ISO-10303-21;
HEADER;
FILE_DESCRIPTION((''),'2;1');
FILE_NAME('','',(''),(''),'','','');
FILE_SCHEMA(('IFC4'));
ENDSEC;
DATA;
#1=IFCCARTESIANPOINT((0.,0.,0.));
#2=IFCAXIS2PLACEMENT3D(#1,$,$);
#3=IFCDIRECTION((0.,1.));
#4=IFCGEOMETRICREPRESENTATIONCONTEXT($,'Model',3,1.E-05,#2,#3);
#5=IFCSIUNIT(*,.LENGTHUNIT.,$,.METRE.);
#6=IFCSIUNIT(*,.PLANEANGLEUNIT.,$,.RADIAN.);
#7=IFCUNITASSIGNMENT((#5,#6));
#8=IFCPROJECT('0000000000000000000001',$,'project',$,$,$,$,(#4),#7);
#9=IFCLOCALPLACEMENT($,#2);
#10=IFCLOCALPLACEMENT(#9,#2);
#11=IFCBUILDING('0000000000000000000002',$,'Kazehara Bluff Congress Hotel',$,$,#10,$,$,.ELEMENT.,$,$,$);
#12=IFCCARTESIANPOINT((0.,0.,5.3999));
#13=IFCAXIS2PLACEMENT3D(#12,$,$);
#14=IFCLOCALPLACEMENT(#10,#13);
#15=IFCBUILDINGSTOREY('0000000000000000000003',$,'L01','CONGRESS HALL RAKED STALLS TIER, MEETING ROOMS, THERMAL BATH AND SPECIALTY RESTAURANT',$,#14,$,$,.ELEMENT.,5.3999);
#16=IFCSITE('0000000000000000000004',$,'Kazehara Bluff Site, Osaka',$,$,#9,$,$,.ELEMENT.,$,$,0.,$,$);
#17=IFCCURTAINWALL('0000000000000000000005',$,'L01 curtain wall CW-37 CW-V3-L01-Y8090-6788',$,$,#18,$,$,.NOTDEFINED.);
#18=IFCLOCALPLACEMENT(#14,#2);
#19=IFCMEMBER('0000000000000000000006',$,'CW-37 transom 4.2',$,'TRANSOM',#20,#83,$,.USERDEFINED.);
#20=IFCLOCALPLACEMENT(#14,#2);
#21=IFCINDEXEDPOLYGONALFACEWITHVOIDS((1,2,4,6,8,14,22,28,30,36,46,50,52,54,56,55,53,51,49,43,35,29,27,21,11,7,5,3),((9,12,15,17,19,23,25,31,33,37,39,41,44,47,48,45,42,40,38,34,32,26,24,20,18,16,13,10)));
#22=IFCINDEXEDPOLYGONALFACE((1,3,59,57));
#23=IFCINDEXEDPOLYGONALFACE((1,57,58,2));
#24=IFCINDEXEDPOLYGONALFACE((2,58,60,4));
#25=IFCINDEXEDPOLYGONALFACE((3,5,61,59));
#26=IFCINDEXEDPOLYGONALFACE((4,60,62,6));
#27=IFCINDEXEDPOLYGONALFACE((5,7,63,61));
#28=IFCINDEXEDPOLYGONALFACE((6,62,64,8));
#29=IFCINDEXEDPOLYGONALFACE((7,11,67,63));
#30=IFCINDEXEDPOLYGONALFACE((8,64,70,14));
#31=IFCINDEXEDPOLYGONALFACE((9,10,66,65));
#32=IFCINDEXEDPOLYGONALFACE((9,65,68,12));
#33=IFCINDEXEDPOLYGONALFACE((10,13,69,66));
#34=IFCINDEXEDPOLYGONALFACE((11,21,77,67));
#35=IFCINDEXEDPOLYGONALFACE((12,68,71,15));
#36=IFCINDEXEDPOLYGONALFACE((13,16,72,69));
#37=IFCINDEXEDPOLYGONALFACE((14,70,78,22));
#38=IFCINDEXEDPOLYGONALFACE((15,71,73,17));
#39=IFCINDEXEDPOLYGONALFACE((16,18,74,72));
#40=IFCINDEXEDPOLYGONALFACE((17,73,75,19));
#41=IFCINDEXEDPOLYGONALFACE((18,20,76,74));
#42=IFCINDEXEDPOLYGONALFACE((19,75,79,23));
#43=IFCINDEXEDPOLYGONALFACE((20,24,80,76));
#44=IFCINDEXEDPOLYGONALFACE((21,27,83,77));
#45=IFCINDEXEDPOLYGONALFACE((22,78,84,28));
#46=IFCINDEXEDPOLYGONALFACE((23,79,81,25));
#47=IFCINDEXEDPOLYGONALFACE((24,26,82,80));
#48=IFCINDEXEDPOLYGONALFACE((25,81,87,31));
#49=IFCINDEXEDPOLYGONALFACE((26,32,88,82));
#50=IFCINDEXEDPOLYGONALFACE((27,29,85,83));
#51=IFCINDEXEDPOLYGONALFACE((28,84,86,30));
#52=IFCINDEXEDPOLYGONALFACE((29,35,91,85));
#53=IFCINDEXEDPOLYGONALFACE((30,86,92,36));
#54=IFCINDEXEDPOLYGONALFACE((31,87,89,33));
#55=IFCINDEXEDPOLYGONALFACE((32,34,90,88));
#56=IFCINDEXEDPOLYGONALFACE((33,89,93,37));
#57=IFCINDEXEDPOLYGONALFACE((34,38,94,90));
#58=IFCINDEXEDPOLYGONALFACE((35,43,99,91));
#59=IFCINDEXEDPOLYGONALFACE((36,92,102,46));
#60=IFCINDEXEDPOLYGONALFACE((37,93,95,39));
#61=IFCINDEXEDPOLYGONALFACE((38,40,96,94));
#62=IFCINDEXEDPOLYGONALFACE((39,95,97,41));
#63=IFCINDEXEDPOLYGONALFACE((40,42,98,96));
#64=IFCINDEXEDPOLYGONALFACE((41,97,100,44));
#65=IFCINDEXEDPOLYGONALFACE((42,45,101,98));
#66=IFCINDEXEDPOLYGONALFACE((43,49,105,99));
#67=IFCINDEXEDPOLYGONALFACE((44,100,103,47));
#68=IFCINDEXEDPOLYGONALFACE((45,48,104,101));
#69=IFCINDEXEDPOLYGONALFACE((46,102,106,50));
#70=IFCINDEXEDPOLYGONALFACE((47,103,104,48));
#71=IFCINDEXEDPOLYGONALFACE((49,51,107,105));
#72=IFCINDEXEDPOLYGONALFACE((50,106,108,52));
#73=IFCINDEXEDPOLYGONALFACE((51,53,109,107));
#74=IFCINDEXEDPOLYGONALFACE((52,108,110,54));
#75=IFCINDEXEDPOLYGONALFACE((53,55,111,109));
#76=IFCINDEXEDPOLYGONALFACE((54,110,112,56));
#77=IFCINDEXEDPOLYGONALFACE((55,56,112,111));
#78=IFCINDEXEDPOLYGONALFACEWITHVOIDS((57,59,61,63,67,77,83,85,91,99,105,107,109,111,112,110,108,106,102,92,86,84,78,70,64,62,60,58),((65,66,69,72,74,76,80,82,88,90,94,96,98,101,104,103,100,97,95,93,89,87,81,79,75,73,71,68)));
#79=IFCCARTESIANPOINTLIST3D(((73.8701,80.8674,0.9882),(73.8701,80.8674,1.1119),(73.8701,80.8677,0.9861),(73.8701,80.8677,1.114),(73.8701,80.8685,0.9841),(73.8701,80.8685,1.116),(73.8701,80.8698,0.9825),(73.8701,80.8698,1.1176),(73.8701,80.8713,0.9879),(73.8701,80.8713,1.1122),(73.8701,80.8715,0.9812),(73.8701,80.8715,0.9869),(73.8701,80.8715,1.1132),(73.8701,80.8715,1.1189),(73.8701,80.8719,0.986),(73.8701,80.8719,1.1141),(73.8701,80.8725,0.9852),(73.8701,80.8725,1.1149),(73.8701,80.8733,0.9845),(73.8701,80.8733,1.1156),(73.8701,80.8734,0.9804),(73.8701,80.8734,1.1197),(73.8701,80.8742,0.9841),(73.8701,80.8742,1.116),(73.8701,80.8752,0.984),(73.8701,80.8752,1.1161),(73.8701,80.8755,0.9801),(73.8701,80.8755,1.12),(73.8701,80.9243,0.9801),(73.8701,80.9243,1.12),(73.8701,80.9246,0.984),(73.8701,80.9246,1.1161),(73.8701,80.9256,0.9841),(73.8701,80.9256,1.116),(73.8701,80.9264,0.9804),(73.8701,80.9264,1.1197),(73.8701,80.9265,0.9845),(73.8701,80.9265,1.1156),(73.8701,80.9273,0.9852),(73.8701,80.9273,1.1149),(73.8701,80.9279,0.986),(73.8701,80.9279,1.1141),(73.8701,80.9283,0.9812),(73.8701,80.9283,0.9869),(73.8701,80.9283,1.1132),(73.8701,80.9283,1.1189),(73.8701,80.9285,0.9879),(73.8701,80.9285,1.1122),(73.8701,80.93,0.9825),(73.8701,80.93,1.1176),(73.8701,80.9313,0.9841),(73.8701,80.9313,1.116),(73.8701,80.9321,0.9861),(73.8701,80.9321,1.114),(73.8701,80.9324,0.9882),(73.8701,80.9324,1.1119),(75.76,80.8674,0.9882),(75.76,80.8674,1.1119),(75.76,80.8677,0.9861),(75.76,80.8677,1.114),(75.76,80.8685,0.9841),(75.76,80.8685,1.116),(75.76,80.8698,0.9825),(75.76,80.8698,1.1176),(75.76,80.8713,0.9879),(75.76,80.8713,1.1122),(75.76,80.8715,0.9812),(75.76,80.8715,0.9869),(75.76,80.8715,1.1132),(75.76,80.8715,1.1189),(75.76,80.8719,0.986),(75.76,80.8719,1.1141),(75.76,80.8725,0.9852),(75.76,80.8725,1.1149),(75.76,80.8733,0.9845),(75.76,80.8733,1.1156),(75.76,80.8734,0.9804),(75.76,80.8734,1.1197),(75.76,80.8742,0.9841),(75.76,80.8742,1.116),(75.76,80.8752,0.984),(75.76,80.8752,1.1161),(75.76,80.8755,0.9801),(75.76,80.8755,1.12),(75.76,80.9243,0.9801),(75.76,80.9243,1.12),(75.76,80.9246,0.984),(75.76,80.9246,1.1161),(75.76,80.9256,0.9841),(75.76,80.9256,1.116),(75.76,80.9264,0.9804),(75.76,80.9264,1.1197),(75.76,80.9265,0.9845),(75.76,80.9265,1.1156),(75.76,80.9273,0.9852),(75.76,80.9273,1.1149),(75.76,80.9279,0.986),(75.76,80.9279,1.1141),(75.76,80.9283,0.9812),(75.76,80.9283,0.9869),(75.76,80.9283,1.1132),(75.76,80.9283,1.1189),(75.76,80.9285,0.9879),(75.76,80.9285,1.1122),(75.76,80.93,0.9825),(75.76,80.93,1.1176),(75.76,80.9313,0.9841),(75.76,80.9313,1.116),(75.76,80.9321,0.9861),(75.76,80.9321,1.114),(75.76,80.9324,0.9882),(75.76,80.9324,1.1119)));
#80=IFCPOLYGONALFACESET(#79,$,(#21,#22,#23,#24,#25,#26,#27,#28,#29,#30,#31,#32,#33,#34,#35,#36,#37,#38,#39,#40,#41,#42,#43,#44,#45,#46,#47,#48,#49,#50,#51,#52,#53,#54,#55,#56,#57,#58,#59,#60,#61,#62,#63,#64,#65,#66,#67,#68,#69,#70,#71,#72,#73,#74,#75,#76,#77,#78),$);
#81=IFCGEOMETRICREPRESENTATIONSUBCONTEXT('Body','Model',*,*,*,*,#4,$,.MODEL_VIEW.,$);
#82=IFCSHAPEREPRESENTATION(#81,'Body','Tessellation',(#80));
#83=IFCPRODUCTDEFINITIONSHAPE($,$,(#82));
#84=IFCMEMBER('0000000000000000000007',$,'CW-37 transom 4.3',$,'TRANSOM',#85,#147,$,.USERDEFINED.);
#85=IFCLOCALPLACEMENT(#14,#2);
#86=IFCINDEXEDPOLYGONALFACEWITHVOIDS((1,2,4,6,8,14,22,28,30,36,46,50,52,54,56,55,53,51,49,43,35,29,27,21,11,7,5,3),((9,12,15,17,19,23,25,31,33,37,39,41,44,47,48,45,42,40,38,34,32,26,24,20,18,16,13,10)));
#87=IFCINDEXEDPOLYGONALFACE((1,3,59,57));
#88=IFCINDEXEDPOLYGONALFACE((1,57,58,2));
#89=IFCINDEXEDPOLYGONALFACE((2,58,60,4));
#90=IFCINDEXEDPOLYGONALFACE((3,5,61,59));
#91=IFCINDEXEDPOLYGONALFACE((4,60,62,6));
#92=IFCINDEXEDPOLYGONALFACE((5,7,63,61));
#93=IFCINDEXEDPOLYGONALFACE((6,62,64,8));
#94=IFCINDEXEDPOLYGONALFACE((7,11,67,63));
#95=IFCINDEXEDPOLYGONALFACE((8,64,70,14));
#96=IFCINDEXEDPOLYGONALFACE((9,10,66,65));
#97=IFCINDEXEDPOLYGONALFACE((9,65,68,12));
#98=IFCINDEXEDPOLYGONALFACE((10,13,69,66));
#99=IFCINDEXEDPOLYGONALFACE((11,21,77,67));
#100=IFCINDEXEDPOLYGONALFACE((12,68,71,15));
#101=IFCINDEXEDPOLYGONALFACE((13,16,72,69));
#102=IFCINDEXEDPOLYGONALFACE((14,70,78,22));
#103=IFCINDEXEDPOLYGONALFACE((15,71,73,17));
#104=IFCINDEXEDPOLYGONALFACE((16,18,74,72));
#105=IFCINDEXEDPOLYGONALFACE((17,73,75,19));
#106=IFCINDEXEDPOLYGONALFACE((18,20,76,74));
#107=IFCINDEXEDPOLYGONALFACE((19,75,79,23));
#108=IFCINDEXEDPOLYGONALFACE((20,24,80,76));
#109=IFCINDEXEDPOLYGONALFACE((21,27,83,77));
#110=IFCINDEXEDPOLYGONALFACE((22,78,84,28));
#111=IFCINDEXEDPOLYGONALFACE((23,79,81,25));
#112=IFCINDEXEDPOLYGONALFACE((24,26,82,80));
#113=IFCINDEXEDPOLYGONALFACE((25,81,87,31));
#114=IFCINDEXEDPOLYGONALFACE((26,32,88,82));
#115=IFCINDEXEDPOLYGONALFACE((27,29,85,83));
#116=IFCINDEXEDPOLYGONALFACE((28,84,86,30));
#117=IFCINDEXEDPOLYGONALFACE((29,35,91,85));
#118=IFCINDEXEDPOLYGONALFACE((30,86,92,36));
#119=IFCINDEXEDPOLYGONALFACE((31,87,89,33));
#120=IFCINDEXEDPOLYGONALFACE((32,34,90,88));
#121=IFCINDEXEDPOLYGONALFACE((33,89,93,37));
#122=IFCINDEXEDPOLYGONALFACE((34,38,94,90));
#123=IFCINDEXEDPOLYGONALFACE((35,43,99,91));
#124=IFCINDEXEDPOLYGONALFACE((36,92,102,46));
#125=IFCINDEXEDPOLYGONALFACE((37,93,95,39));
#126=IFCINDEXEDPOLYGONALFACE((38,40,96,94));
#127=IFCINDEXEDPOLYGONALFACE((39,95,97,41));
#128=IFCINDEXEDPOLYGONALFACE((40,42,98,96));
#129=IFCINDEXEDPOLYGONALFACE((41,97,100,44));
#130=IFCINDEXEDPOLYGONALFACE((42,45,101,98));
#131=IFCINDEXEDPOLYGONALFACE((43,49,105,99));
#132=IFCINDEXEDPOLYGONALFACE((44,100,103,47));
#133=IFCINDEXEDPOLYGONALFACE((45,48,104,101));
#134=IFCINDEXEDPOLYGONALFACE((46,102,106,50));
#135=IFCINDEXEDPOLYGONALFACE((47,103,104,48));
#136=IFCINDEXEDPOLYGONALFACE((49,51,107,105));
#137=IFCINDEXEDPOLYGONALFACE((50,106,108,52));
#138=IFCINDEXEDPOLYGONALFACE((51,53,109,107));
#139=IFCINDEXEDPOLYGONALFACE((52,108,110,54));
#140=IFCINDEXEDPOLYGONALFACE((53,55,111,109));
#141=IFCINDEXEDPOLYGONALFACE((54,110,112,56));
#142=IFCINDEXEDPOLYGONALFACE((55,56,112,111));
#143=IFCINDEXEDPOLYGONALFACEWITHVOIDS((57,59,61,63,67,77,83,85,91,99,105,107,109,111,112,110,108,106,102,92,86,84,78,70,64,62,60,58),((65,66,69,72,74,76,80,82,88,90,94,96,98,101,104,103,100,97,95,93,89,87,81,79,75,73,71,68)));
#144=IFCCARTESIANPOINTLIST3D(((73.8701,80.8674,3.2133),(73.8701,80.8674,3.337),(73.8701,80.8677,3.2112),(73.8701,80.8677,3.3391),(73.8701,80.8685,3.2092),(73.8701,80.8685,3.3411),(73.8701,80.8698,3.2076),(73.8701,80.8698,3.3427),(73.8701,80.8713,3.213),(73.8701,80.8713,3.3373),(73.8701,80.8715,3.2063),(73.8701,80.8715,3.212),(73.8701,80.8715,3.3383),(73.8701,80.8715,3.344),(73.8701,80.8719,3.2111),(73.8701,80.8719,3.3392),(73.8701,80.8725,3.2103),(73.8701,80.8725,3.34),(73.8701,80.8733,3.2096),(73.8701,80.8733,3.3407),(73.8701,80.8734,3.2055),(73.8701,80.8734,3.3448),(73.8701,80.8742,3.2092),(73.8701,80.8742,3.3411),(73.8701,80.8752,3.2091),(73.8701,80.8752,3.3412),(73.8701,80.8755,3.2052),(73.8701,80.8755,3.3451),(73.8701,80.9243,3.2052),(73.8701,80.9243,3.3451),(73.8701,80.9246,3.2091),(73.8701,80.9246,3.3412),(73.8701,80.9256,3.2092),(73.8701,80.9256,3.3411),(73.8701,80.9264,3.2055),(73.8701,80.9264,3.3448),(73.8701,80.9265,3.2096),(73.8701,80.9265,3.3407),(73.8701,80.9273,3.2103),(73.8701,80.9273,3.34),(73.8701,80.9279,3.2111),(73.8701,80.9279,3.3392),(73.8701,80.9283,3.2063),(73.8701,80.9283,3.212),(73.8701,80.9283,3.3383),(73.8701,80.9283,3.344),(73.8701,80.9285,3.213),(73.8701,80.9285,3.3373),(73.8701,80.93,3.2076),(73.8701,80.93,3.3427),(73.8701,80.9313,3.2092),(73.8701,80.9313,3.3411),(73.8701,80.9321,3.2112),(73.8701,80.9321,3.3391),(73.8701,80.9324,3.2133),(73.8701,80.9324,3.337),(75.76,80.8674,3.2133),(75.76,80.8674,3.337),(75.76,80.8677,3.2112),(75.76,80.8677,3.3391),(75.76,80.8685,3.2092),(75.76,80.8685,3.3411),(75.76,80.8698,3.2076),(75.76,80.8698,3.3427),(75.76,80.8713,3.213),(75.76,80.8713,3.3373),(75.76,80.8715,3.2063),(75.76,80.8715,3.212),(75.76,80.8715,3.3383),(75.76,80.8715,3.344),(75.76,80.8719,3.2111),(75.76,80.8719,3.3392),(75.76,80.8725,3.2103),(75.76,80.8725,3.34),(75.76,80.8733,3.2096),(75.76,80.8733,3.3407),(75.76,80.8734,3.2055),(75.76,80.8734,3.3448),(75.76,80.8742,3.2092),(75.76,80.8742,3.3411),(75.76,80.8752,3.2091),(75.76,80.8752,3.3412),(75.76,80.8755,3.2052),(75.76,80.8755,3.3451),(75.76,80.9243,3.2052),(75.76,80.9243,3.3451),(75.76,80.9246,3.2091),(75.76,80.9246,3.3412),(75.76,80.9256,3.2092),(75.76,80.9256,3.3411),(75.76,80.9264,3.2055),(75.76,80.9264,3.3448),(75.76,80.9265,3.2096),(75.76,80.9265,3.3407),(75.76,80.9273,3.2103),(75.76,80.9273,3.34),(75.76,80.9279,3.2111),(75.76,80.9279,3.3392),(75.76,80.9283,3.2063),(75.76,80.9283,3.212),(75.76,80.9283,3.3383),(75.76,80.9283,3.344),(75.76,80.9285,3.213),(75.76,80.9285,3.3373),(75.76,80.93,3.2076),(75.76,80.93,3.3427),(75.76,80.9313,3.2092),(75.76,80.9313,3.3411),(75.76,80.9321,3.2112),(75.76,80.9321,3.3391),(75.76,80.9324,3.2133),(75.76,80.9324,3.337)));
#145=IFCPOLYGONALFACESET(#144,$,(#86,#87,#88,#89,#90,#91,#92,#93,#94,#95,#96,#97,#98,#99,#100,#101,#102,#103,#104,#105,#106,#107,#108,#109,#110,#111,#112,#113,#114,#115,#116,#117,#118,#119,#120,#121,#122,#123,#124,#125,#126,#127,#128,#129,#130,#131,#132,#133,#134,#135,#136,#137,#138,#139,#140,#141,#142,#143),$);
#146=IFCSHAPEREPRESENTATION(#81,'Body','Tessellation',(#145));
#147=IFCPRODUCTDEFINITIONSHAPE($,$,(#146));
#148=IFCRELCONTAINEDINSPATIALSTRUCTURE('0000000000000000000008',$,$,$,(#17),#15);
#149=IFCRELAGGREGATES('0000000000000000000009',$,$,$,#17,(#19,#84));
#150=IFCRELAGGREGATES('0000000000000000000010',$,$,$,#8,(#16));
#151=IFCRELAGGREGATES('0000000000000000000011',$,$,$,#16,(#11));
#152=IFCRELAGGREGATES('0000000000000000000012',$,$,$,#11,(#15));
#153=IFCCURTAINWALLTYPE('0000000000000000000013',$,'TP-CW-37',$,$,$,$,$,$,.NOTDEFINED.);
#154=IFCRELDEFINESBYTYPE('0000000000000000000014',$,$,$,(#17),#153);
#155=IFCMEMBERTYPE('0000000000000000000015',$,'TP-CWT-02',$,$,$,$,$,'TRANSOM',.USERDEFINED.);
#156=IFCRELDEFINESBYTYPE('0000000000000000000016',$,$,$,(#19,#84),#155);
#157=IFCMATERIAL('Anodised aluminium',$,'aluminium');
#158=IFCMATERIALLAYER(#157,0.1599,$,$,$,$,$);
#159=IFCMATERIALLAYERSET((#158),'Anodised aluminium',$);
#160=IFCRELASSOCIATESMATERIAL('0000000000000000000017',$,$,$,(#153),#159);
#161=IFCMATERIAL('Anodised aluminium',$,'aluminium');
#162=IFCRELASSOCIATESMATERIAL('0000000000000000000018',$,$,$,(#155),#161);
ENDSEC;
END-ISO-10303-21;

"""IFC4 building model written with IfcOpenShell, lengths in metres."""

from ifc_helpers import new_model, si_unit, direction, frame, origin, origin_2d, place, context, subcontext, project, spatial, hollow_rectangle, extrude, material, layer, layer_set, material_profile, profile_set, type_object, element, aggregate, save


model = new_model("IFC4")

# Units and contexts
model_context = context("Model", 3, precision=1e-05, world=origin(), true_north=direction((0.0, 1.0)))
body_context = subcontext(model_context, "Body", "Model", "MODEL_VIEW")
ifc_project = project(units=[si_unit("LENGTHUNIT", "METRE"), si_unit("PLANEANGLEUNIT", "RADIAN")], contexts=[model_context])

# Site, building, storey
site_placement = place(None, origin())
site = spatial("IfcSite", under=ifc_project, at=site_placement, Name="Kazehara Bluff Site, Osaka", CompositionType="ELEMENT", RefElevation=0.0)
building_placement = place(site_placement, origin())
building = spatial("IfcBuilding", under=site, at=building_placement, Name="Kazehara Bluff Congress Hotel", CompositionType="ELEMENT")
storey_placement = place(building_placement, frame((0.0, 0.0, 5.3999)))
storey = spatial("IfcBuildingStorey", under=building, at=storey_placement, Name="L01", Description="CONGRESS HALL RAKED STALLS TIER, MEETING ROOMS, THERMAL BATH AND SPECIALTY RESTAURANT", CompositionType="ELEMENT", Elevation=5.3999)

# Curtain wall, members
ifc_material_1 = material(Name="Anodised aluminium", Category="aluminium")
ifc_layer_1 = layer(ifc_material_1, 0.1599)
ifc_layer_set_1 = layer_set([ifc_layer_1], Name="Anodised aluminium")
curtain_wall_type = type_object("IfcCurtainWallType", Name="TP-CW-37", PredefinedType="NOTDEFINED", material=ifc_layer_set_1)
curtain_wall_placement = place(storey_placement, origin())
curtain_wall = element("IfcCurtainWall", 1, at=curtain_wall_placement, inside=storey, type_object=curtain_wall_type, Name="L01 curtain wall CW-37 CW-V3-L01-Y8090-6788", PredefinedType="NOTDEFINED")
ifc_material_2 = material(Name="Anodised aluminium", Category="aluminium")
ifc_material_profile_1 = material_profile(ifc_material_2, hollow_rectangle(XDim=0.0649, YDim=0.1399, WallThickness=0.0039, InnerFilletRadius=0.0039, OuterFilletRadius=0.0081, at=origin_2d()))
ifc_profile_set_1 = profile_set([ifc_material_profile_1], Name="Anodised aluminium")
member_type_1 = type_object("IfcMemberType", Name="TP-CWT-02", ElementType="TRANSOM", PredefinedType="USERDEFINED", material=ifc_profile_set_1)
member_1_placement = place(storey_placement, frame((73.8701, 80.8999, 1.05), z_axis=(1.0, 0.0, 0.0), x_axis=(0.0, 1.0, 0.0)))
member_1 = element("IfcMember", 2, at=member_1_placement, type_object=member_type_1, Name="CW-37 transom 4.2", ObjectType="TRANSOM", PredefinedType="USERDEFINED", context=body_context, shape_type="SweptSolid", body=[
    extrude(hollow_rectangle(XDim=0.0649, YDim=0.1399, WallThickness=0.0039, InnerFilletRadius=0.0039, OuterFilletRadius=0.0081, at=origin_2d()), origin(), (0.0, 0.0, 1.0), 1.8899),
])
member_2_placement = place(storey_placement, frame((73.8701, 80.8999, 3.2751), z_axis=(1.0, 0.0, 0.0), x_axis=(0.0, 1.0, 0.0)))
member_2 = element("IfcMember", 3, at=member_2_placement, type_object=member_type_1, Name="CW-37 transom 4.3", ObjectType="TRANSOM", PredefinedType="USERDEFINED", context=body_context, shape_type="SweptSolid", body=[
    extrude(hollow_rectangle(XDim=0.0649, YDim=0.1399, WallThickness=0.0039, InnerFilletRadius=0.0039, OuterFilletRadius=0.0081, at=origin_2d()), origin(), (0.0, 0.0, 1.0), 1.8899),
])
aggregate(curtain_wall, [member_1, member_2])

save(model, "model.ifc")
